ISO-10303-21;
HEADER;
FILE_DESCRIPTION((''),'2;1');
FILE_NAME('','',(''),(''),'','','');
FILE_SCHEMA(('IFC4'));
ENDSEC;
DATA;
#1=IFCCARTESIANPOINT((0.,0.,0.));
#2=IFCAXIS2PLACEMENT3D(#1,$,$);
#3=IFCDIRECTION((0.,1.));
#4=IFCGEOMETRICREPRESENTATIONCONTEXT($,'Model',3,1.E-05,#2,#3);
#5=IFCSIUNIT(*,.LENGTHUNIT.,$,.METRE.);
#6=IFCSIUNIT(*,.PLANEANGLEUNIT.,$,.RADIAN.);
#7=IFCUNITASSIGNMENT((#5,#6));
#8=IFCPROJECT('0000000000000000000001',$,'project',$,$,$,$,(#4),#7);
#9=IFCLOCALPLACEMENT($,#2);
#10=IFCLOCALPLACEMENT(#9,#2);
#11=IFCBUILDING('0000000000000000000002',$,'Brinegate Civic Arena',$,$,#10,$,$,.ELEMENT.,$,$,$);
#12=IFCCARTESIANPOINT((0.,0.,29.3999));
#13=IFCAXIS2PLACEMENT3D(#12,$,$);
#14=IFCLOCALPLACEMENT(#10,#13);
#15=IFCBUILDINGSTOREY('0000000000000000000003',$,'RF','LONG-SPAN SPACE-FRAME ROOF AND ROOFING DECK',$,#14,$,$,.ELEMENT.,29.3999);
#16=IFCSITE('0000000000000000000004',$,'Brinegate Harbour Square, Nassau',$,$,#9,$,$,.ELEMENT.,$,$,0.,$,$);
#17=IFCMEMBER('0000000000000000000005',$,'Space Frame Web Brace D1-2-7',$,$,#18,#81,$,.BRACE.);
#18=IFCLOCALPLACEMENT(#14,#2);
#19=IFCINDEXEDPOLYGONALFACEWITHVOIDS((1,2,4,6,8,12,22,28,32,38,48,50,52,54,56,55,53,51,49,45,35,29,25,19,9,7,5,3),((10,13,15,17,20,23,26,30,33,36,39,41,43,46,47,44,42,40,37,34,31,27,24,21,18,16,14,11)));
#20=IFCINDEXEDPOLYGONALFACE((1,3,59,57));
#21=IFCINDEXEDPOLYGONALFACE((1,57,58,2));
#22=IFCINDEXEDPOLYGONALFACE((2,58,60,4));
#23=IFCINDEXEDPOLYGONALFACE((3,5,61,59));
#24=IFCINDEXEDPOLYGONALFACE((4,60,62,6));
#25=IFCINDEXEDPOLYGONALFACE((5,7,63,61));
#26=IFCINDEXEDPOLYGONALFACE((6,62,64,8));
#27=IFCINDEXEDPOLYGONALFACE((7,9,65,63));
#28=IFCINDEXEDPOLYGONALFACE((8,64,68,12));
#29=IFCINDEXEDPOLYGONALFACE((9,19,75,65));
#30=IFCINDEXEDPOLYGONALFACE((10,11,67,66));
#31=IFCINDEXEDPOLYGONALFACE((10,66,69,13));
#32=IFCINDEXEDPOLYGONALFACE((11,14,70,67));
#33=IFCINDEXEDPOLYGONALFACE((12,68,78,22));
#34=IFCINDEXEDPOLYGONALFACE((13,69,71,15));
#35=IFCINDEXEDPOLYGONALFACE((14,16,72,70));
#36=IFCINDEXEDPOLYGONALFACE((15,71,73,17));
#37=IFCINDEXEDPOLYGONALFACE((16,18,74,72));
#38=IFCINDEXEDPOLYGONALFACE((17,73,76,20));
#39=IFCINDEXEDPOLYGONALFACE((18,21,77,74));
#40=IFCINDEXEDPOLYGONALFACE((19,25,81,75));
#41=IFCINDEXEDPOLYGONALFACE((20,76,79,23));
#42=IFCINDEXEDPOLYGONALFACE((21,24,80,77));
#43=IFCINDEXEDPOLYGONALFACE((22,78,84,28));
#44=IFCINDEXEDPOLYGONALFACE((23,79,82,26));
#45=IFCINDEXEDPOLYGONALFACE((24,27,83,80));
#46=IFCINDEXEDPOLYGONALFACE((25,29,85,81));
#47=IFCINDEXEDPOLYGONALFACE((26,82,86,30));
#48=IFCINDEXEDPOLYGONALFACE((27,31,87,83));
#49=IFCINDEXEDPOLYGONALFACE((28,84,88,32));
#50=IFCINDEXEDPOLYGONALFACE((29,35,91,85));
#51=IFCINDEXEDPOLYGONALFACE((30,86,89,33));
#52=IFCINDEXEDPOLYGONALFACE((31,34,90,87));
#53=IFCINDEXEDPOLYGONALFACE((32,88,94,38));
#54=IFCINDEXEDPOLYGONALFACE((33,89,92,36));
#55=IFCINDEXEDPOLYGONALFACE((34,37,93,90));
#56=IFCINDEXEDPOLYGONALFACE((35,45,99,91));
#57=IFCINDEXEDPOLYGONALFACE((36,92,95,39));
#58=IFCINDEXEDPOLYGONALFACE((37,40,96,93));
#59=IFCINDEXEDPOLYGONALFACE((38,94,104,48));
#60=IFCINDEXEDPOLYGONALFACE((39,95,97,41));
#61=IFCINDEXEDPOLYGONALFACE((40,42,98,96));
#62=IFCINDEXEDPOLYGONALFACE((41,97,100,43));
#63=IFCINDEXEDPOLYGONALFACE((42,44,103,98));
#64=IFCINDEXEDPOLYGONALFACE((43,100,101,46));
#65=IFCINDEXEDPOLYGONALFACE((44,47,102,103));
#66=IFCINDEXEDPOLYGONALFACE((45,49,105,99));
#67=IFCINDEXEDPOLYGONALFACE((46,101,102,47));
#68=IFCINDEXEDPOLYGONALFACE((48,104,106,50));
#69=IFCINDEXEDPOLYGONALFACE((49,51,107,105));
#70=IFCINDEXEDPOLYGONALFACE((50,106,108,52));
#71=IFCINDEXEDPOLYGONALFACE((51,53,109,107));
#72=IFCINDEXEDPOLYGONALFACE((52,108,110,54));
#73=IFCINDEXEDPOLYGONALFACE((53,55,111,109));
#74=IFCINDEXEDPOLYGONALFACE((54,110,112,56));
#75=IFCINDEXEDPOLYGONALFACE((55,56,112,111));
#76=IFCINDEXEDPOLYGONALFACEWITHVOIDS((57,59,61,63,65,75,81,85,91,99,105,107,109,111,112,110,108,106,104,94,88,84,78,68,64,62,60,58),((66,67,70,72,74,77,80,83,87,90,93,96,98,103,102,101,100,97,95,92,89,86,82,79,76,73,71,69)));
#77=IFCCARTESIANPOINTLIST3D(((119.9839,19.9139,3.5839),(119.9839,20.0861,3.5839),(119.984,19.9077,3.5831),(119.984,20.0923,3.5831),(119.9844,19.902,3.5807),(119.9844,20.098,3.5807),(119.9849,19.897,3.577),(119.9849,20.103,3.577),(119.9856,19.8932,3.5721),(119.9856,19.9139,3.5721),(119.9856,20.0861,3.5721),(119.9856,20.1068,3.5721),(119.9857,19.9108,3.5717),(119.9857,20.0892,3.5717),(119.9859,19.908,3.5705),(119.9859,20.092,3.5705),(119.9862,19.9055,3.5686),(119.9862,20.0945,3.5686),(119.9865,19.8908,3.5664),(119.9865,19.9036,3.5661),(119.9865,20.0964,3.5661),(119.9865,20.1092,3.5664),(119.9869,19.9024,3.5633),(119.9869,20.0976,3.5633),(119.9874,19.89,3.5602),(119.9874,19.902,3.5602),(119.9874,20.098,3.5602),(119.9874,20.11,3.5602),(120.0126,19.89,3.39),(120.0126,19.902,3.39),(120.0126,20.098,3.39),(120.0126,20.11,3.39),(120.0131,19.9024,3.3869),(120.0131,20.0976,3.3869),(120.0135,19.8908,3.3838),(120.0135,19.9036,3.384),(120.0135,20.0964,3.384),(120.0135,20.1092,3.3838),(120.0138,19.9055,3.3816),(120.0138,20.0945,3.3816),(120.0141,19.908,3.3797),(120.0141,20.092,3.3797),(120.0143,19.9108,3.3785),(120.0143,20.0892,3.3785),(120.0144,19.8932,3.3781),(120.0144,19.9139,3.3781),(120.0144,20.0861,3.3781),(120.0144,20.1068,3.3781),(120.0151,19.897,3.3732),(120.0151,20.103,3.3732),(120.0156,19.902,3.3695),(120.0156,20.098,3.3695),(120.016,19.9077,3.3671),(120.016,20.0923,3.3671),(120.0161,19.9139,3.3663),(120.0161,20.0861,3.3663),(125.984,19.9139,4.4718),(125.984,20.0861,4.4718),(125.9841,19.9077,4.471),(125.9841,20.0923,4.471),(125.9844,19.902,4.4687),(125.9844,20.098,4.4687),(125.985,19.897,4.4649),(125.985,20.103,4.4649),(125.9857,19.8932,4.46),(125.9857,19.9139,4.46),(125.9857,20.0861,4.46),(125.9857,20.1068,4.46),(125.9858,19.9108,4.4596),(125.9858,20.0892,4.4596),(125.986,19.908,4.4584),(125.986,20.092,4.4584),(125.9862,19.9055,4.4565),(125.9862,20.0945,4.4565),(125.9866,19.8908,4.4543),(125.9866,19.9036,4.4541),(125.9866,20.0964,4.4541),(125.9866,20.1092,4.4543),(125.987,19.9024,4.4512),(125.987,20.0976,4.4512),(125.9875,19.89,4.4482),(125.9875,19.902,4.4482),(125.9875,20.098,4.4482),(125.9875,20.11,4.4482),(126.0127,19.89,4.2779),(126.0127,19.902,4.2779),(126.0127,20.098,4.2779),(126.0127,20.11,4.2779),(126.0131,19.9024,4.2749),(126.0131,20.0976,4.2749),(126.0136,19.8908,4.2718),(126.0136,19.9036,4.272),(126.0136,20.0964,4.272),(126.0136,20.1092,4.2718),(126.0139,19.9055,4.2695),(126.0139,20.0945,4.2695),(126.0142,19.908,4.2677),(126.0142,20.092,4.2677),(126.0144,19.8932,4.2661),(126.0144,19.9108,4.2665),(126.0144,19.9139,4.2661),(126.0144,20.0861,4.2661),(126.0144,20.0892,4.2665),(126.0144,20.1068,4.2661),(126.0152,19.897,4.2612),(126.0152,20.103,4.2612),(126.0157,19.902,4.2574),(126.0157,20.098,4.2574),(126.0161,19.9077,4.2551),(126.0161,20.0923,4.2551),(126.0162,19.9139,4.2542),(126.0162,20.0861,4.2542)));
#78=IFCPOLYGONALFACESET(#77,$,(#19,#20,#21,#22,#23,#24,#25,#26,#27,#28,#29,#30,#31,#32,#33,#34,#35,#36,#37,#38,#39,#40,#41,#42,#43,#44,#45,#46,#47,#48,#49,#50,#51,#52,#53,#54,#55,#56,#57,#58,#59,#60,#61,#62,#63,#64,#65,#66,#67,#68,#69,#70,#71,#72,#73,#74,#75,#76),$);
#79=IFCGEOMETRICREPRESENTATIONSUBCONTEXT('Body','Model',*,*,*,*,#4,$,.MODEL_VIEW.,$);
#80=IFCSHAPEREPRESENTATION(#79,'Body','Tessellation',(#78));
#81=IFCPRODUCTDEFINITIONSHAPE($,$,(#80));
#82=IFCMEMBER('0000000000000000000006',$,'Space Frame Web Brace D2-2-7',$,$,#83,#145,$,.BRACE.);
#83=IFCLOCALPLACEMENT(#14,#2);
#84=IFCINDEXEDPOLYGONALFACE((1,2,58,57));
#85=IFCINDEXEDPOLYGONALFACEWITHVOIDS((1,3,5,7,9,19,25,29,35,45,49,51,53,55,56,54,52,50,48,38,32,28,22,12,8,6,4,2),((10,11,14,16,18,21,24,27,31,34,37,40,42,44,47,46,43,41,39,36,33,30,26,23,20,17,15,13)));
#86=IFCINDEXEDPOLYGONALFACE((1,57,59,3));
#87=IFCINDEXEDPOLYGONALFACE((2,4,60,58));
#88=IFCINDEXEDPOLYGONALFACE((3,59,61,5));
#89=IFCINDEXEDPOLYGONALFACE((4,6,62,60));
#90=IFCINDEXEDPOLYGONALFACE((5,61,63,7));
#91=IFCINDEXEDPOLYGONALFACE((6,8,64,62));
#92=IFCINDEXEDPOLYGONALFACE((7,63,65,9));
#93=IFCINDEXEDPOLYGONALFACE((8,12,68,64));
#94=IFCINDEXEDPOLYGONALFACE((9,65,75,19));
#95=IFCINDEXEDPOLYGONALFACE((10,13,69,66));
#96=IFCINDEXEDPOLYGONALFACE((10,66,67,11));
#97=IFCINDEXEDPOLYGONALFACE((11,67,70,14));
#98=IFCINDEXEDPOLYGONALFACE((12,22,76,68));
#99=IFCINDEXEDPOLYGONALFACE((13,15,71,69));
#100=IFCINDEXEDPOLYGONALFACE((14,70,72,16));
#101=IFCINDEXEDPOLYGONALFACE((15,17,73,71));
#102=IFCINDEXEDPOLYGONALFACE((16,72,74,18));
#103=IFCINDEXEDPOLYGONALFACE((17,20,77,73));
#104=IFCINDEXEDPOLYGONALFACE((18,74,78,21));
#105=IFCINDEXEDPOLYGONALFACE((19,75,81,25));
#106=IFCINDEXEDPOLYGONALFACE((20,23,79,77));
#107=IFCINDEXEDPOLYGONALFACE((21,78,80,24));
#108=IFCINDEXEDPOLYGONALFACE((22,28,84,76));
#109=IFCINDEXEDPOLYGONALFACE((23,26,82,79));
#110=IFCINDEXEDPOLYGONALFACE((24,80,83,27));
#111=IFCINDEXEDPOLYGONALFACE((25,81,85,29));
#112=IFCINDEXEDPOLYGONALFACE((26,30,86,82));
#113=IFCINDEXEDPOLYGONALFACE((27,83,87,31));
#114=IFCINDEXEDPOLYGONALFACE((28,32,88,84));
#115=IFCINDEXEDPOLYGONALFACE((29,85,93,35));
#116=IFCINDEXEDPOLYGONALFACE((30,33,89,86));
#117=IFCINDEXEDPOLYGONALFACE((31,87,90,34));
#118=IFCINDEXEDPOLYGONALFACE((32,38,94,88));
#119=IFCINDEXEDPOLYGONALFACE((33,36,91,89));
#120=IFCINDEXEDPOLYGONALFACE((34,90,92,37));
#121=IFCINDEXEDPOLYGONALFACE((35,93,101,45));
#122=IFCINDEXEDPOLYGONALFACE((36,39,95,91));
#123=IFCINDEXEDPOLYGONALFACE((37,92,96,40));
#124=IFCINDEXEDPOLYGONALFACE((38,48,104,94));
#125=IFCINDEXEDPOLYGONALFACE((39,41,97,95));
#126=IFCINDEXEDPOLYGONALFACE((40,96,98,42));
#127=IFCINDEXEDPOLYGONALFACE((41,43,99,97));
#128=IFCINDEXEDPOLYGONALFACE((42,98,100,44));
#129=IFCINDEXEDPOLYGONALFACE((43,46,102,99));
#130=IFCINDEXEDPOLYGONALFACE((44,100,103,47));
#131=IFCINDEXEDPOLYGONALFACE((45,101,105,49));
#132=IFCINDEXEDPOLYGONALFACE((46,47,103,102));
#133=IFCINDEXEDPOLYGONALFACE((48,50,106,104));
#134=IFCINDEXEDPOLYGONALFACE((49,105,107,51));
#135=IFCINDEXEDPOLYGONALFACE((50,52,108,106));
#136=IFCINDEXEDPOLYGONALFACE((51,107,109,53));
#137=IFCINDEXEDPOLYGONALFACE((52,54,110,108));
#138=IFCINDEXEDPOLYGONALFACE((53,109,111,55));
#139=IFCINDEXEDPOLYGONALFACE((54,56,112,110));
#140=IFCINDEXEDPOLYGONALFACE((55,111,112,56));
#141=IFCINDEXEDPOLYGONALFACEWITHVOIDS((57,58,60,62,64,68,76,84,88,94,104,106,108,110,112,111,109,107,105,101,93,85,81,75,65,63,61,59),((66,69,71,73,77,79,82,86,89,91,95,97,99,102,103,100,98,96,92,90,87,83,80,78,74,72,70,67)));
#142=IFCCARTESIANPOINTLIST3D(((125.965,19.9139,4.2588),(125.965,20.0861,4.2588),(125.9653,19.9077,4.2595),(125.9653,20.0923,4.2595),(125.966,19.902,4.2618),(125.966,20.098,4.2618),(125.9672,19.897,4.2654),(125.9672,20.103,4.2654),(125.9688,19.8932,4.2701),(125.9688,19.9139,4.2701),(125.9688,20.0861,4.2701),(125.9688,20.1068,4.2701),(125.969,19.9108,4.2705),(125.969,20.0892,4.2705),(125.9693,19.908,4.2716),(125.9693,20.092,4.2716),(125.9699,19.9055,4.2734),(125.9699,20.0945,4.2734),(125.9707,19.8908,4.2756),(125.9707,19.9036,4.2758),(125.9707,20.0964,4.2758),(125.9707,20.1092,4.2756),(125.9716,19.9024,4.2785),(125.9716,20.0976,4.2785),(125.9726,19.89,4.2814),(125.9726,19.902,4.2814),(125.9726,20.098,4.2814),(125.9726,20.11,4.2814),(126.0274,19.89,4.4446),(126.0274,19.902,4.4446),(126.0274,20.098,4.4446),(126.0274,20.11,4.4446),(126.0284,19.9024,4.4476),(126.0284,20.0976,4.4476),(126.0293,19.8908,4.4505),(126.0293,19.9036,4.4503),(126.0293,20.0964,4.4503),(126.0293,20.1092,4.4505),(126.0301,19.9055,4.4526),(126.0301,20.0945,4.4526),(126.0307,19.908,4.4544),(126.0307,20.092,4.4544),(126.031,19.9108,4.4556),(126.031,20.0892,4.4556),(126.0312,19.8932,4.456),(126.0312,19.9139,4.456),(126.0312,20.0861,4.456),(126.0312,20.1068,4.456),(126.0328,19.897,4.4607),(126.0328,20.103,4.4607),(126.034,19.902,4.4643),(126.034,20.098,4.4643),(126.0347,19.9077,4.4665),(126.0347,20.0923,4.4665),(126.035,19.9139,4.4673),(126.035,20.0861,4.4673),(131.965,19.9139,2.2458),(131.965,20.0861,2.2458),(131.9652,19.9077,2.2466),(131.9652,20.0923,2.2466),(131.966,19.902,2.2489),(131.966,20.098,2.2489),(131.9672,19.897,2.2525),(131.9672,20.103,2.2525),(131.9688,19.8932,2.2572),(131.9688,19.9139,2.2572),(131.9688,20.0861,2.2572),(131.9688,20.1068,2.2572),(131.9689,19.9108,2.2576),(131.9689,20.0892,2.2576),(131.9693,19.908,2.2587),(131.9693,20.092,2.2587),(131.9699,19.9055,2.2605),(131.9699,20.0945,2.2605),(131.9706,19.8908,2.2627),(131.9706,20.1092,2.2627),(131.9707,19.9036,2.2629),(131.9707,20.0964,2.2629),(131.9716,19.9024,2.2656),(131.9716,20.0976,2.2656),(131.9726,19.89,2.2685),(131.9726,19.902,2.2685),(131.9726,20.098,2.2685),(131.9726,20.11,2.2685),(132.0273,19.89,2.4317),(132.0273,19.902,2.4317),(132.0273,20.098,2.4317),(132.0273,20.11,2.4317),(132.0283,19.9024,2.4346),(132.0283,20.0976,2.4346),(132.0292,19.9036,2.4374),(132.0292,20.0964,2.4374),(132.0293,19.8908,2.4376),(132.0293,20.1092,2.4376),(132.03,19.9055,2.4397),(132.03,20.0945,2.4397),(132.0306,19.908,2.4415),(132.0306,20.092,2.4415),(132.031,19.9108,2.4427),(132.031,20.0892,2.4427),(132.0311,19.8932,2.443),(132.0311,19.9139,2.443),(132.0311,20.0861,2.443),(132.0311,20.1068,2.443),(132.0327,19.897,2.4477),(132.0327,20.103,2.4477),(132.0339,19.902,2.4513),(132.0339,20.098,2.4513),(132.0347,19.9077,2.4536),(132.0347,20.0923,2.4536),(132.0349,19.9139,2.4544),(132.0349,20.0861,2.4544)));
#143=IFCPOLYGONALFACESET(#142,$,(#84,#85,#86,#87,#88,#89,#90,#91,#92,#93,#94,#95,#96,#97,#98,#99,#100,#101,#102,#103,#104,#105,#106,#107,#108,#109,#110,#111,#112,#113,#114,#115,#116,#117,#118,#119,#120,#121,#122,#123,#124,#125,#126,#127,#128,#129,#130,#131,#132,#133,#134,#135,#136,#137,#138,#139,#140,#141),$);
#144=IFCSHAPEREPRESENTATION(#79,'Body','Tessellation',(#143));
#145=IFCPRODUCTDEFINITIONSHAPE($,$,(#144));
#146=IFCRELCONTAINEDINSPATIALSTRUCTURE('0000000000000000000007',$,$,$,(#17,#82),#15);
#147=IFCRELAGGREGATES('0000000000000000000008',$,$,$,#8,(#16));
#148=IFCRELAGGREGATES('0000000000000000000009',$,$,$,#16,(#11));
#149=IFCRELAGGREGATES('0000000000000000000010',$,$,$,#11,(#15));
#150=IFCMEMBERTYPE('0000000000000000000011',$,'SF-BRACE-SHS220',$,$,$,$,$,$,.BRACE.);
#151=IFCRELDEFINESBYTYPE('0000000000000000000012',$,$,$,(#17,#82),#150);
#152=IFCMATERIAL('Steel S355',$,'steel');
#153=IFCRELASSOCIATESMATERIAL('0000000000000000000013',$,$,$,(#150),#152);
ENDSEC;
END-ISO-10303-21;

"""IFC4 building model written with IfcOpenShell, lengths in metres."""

from ifc_helpers import new_model, si_unit, direction, frame, origin, origin_2d, place, context, subcontext, project, spatial, hollow_rectangle, extrude, material, material_profile, profile_set, type_object, element, save


model = new_model("IFC4")

# Units and contexts
model_context = context("Model", 3, precision=1e-05, world=origin(), true_north=direction((0.0, 1.0)))
body_context = subcontext(model_context, "Body", "Model", "MODEL_VIEW")
ifc_project = project(units=[si_unit("LENGTHUNIT", "METRE"), si_unit("PLANEANGLEUNIT", "RADIAN")], contexts=[model_context])

# Site, building, storey
site_placement = place(None, origin())
site = spatial("IfcSite", under=ifc_project, at=site_placement, Name="Brinegate Harbour Square, Nassau", CompositionType="ELEMENT", RefElevation=0.0)
building_placement = place(site_placement, origin())
building = spatial("IfcBuilding", under=site, at=building_placement, Name="Brinegate Civic Arena", CompositionType="ELEMENT")
storey_placement = place(building_placement, frame((0.0, 0.0, 29.3999)))
storey = spatial("IfcBuildingStorey", under=building, at=storey_placement, Name="RF", Description="LONG-SPAN SPACE-FRAME ROOF AND ROOFING DECK", CompositionType="ELEMENT", Elevation=29.3999)

# Members
ifc_material = material(Name="Steel S355", Category="steel")
ifc_material_profile_1 = material_profile(ifc_material, hollow_rectangle(XDim=0.22, YDim=0.22, WallThickness=0.012, InnerFilletRadius=0.012, OuterFilletRadius=0.0239, at=origin_2d()), Name="SHS220X12")
ifc_profile_set_1 = profile_set([ifc_material_profile_1], Name="Steel S355")
member_type_1 = type_object("IfcMemberType", Name="SF-BRACE-SHS220", PredefinedType="BRACE", material=ifc_profile_set_1)
member_1_placement = place(storey_placement, frame((120.0, 20.0, 3.4751), z_axis=(0.989226, 0.0, 0.146395), x_axis=(0.0, 1.0, 0.0)))
element("IfcMember", 1, at=member_1_placement, inside=storey, type_object=member_type_1, Name="Space Frame Web Brace D1-2-7", PredefinedType="BRACE", context=body_context, shape_type="SweptSolid", body=[
    extrude(hollow_rectangle(XDim=0.22, YDim=0.22, WallThickness=0.012, InnerFilletRadius=0.012, OuterFilletRadius=0.0239, at=origin_2d()), origin(), (0.0, 0.0, 1.0), 6.0654),
])
member_2_placement = place(storey_placement, frame((126.0, 20.0, 4.363), z_axis=(0.948068, 0.0, -0.318067), x_axis=(0.0, 1.0, 0.0)))
element("IfcMember", 2, at=member_2_placement, inside=storey, type_object=member_type_1, Name="Space Frame Web Brace D2-2-7", PredefinedType="BRACE", context=body_context, shape_type="SweptSolid", body=[
    extrude(hollow_rectangle(XDim=0.22, YDim=0.22, WallThickness=0.012, InnerFilletRadius=0.012, OuterFilletRadius=0.0239, at=origin_2d()), origin(), (0.0, 0.0, 1.0), 6.3286),
])

save(model, "model.ifc")
